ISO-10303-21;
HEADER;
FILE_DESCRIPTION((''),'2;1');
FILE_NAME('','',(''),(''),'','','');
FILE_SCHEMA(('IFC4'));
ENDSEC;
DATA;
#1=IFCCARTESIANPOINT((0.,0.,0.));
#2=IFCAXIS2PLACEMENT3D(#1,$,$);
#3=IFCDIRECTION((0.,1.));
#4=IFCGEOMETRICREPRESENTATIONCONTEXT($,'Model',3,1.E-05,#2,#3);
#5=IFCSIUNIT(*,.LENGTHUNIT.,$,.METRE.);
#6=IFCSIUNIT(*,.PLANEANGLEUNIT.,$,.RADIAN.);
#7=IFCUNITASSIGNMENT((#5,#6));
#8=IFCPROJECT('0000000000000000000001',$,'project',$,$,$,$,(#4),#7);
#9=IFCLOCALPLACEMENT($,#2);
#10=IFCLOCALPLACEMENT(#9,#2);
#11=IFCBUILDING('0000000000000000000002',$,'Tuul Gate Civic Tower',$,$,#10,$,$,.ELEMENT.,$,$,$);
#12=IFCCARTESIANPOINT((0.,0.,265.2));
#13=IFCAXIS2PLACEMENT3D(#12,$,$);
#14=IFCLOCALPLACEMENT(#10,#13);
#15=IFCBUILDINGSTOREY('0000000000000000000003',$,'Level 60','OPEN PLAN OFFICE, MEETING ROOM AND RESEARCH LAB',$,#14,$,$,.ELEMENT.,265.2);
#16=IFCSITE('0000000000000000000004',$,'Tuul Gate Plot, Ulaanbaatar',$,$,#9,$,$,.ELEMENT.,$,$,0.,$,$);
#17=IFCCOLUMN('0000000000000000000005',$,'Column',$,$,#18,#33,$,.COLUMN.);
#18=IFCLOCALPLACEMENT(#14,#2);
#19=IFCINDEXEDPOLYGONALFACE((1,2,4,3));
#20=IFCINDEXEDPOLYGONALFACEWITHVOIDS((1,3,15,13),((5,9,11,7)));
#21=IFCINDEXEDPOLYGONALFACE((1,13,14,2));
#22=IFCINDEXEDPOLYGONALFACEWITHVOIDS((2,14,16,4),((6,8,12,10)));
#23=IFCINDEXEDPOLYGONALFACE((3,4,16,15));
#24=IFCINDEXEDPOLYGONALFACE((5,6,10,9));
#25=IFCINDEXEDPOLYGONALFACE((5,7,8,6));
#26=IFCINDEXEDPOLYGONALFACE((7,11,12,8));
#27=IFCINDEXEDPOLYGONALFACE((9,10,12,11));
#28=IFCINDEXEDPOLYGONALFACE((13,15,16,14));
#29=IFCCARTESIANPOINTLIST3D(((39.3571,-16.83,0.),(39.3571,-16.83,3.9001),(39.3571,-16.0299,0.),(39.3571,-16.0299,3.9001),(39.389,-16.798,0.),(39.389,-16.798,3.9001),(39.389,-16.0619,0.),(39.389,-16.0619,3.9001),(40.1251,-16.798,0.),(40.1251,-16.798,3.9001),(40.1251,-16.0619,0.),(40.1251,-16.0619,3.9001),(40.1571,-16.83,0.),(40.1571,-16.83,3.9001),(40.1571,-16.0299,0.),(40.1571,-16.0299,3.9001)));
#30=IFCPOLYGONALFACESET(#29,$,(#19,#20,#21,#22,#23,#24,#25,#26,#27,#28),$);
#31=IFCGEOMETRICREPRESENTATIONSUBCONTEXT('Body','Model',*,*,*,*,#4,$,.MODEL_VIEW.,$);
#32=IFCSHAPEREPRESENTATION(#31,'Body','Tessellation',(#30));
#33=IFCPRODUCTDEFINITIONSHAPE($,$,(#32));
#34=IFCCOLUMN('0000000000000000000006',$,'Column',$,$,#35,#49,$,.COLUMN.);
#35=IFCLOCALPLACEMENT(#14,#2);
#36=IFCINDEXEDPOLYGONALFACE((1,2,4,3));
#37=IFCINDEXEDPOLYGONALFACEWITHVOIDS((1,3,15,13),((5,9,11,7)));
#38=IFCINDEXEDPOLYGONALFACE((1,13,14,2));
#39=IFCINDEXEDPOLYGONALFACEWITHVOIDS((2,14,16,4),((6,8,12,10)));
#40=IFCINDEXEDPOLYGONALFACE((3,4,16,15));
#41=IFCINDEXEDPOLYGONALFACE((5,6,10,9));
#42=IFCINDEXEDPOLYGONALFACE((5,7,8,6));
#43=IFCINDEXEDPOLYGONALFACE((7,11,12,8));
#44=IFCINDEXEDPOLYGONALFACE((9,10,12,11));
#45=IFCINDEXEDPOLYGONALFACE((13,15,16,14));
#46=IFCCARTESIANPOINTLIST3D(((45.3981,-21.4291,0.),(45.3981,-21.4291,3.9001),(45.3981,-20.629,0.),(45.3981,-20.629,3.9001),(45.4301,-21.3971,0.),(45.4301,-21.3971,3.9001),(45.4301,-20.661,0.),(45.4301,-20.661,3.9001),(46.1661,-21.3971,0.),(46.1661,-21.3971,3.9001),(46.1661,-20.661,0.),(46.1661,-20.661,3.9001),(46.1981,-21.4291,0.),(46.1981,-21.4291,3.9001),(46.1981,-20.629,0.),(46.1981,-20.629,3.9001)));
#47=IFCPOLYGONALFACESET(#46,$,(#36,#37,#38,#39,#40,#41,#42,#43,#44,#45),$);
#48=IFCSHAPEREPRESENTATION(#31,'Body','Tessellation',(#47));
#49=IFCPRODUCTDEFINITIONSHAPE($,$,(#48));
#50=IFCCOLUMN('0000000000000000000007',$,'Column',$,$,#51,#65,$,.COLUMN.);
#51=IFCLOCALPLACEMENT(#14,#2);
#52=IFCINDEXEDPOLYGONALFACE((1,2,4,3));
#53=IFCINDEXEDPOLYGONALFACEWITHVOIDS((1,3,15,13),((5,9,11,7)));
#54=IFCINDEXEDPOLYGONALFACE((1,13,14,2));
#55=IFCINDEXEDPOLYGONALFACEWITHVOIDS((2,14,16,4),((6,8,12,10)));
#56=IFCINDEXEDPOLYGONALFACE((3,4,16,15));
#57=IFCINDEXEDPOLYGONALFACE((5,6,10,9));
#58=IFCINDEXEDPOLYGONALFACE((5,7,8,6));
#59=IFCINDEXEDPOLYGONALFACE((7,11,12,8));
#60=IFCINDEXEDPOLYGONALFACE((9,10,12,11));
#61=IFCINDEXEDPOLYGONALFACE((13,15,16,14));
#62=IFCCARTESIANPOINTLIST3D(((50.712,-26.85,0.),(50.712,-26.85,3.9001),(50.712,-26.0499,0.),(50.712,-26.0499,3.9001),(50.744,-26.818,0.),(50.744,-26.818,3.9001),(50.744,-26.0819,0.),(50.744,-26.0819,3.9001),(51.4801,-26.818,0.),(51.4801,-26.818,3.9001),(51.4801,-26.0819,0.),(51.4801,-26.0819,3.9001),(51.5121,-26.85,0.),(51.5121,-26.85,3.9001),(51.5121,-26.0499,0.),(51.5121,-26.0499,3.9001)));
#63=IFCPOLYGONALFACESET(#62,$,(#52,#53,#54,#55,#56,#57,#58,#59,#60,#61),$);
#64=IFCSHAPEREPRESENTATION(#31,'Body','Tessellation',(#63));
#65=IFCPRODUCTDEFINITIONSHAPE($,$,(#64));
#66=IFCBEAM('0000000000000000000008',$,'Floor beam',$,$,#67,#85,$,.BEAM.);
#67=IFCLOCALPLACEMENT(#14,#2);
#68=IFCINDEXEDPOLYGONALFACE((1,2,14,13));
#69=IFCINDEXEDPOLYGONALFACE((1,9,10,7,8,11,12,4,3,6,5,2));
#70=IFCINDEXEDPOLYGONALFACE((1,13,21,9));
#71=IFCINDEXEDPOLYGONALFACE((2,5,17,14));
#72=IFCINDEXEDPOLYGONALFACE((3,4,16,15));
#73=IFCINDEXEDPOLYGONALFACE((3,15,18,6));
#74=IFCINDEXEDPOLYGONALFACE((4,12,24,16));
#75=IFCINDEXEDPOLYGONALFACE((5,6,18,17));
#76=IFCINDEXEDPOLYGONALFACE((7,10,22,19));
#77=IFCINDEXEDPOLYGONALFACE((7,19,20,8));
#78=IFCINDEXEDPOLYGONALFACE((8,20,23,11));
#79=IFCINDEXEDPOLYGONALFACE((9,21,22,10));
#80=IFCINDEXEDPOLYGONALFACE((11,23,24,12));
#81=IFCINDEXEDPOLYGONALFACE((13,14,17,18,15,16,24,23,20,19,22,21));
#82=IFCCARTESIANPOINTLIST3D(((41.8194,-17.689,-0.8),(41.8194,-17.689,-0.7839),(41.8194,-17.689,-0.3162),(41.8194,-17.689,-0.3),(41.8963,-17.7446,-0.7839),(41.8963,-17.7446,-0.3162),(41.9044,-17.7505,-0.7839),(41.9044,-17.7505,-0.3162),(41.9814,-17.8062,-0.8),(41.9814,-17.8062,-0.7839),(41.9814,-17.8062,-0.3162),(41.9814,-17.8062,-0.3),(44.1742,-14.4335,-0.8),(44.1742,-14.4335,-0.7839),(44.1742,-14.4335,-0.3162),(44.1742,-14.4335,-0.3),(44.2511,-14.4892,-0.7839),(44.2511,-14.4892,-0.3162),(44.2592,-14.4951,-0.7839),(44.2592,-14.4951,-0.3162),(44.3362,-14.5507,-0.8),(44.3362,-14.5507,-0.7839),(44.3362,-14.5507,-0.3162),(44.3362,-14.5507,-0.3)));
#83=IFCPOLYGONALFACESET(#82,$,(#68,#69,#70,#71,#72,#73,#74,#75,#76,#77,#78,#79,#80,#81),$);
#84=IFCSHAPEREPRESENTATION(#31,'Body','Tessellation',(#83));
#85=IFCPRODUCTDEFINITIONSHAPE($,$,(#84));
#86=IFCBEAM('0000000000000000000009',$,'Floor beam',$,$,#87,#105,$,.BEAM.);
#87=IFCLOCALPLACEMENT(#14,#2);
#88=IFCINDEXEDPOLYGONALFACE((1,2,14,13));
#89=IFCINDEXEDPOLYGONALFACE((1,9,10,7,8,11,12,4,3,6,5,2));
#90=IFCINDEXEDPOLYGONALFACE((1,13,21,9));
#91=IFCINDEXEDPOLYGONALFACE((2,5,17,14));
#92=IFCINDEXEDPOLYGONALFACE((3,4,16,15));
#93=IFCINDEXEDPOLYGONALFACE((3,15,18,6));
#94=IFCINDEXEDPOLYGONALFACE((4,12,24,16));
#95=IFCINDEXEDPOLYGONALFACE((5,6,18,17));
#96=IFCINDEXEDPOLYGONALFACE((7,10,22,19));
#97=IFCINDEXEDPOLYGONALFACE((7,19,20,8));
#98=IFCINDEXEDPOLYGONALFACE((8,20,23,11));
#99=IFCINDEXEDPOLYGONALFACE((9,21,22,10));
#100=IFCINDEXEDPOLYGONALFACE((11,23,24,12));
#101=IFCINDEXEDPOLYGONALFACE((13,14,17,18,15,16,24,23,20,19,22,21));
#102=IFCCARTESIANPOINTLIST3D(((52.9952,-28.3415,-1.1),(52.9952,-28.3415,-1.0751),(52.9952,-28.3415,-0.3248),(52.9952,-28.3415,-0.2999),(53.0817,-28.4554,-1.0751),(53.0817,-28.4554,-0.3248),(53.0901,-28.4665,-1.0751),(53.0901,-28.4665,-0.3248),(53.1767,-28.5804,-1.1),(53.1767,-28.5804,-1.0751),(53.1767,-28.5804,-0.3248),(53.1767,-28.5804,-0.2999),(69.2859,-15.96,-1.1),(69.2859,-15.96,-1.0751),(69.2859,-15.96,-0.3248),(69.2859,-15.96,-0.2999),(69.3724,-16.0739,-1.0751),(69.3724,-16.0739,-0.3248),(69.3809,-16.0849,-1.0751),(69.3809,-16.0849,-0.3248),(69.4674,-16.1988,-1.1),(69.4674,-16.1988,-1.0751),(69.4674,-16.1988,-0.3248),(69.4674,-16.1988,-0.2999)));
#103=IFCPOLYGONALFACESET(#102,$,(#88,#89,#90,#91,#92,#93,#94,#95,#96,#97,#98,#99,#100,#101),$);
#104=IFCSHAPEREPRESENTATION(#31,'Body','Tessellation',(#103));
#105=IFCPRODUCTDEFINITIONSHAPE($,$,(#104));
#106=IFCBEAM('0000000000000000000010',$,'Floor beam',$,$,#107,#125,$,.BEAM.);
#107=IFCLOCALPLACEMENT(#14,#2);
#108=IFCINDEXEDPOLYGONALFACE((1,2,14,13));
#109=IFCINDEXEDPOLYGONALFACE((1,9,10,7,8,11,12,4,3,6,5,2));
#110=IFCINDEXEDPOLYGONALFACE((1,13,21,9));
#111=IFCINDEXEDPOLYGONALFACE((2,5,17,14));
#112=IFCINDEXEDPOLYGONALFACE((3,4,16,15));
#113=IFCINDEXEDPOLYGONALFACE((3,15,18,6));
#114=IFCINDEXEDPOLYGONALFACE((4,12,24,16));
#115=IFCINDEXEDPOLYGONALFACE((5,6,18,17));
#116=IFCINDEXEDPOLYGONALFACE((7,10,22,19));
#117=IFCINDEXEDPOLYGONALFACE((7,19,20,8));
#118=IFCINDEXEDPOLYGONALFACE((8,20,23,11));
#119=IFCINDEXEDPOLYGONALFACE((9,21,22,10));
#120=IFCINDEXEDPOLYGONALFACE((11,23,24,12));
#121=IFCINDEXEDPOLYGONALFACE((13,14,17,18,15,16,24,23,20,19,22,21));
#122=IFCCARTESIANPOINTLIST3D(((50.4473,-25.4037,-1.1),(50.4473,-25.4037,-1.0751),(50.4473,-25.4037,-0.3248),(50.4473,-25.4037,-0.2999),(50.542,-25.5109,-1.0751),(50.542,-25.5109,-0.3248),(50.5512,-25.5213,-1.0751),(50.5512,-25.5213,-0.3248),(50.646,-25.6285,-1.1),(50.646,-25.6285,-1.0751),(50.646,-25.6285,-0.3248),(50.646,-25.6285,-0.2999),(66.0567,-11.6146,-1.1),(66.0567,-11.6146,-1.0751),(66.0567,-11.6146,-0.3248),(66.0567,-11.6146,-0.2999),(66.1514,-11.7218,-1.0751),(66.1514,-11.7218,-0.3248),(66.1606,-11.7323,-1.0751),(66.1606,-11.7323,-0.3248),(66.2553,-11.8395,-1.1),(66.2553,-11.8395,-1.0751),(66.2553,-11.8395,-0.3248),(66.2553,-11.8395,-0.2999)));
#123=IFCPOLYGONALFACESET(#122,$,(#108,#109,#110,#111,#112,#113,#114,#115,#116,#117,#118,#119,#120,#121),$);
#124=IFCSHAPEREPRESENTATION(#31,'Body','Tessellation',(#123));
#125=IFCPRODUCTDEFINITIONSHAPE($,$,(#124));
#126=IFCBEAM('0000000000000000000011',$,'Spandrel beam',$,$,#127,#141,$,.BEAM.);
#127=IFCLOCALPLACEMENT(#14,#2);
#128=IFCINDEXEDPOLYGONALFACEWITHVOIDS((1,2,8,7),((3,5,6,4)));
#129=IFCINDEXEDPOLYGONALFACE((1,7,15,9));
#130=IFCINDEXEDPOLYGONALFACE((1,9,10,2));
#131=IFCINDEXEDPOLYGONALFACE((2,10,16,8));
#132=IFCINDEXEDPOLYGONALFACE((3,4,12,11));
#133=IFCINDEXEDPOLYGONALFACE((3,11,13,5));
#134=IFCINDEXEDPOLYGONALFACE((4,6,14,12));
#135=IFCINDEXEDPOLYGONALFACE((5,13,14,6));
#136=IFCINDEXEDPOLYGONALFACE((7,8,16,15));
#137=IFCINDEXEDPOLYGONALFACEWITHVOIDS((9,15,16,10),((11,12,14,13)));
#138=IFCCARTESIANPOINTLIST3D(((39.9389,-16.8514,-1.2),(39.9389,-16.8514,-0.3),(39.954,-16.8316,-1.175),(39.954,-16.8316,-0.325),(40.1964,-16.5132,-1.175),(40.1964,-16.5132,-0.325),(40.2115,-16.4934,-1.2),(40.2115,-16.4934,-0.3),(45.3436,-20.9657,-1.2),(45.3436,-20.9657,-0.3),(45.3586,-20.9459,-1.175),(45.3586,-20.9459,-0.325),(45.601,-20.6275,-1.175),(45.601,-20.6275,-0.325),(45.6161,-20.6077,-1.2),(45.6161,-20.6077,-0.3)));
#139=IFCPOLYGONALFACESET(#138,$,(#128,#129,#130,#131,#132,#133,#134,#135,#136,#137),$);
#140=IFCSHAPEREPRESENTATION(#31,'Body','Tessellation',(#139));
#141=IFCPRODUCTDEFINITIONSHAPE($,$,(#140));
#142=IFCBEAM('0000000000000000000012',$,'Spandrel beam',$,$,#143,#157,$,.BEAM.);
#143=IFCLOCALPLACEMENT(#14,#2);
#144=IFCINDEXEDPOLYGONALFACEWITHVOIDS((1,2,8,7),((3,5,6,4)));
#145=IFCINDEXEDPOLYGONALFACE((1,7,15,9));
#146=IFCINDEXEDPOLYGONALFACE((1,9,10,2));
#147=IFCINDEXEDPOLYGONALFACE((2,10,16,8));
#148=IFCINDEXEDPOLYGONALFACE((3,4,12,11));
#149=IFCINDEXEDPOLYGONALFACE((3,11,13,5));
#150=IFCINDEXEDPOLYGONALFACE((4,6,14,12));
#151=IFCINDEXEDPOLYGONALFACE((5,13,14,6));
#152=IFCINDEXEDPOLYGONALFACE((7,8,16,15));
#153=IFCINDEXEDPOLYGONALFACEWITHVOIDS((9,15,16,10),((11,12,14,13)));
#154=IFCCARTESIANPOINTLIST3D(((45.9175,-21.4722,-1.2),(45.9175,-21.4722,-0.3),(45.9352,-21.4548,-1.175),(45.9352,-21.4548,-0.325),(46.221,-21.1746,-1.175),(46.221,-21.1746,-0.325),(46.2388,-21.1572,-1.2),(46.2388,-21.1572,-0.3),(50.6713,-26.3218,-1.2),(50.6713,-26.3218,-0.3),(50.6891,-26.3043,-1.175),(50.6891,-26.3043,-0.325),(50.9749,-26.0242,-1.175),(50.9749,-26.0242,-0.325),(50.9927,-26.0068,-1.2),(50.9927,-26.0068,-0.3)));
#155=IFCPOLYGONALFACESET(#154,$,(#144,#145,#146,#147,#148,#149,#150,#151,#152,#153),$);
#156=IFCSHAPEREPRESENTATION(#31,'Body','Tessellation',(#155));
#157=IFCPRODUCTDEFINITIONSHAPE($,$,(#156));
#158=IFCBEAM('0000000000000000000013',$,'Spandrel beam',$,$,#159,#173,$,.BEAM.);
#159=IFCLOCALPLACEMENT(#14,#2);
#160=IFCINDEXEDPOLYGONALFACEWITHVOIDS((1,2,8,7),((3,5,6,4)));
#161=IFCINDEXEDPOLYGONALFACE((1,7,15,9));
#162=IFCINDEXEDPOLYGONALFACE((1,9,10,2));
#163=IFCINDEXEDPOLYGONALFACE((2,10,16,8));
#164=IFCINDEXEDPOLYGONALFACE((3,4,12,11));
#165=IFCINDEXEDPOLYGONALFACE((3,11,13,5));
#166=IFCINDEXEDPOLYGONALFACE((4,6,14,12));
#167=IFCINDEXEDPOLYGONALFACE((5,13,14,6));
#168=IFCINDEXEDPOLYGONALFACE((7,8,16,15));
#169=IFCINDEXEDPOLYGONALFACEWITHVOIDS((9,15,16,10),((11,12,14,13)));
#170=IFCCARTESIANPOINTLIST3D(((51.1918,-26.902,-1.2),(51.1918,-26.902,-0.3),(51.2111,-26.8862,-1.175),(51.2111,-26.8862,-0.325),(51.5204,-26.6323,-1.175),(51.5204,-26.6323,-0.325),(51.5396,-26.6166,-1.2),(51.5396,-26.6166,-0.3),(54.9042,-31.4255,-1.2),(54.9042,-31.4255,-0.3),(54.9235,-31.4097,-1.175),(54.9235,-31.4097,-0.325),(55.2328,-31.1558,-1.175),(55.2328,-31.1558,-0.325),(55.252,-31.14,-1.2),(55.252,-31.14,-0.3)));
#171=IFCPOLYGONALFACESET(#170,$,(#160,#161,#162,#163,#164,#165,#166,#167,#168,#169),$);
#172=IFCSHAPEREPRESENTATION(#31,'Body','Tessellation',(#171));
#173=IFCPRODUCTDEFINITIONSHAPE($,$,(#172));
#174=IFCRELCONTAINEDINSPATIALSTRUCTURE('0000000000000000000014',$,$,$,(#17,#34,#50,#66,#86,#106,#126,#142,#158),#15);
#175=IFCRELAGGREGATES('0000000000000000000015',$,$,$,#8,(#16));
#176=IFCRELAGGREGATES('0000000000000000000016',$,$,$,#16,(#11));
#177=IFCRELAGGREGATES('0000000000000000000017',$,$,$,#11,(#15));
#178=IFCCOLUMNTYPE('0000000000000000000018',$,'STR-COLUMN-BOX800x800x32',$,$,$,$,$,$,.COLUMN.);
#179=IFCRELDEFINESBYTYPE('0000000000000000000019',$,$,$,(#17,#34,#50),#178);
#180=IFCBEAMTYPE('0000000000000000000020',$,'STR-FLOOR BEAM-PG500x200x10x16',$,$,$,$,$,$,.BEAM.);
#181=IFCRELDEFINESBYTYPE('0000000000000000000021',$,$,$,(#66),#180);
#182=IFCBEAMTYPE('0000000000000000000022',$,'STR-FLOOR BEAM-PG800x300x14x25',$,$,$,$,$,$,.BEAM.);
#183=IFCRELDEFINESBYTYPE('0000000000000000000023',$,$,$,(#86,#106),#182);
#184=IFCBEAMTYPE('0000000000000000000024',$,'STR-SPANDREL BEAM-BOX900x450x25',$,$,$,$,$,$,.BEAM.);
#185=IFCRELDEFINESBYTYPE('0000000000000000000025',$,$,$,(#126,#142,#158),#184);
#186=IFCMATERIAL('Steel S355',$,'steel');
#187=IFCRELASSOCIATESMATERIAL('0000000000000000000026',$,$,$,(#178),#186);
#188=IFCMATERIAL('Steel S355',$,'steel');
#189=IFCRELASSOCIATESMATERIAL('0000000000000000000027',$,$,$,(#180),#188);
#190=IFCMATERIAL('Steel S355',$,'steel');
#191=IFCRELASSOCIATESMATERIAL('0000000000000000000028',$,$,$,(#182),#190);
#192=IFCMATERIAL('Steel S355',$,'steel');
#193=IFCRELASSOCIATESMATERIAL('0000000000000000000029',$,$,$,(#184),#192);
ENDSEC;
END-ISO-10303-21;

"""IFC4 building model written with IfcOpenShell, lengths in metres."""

from ifc_helpers import new_model, si_unit, direction, frame, origin, origin_2d, place, context, subcontext, project, spatial, hollow_rectangle, i_section, extrude, material, material_profile, profile_set, type_object, element, save


model = new_model("IFC4")

# Units and contexts
model_context = context("Model", 3, precision=1e-05, world=origin(), true_north=direction((0.0, 1.0)))
body_context = subcontext(model_context, "Body", "Model", "MODEL_VIEW")
ifc_project = project(units=[si_unit("LENGTHUNIT", "METRE"), si_unit("PLANEANGLEUNIT", "RADIAN")], contexts=[model_context])

# Site, building, storey
site_placement = place(None, origin())
site = spatial("IfcSite", under=ifc_project, at=site_placement, Name="Tuul Gate Plot, Ulaanbaatar", CompositionType="ELEMENT", RefElevation=0.0)
building_placement = place(site_placement, origin())
building = spatial("IfcBuilding", under=site, at=building_placement, Name="Tuul Gate Civic Tower", CompositionType="ELEMENT")
storey_placement = place(building_placement, frame((0.0, 0.0, 265.2)))
storey = spatial("IfcBuildingStorey", under=building, at=storey_placement, Name="Level 60", Description="OPEN PLAN OFFICE, MEETING ROOM AND RESEARCH LAB", CompositionType="ELEMENT", Elevation=265.2)

# Columns
ifc_material_1 = material(Name="Steel S355", Category="steel")
ifc_material_profile_1 = material_profile(ifc_material_1, hollow_rectangle(XDim=0.8, YDim=0.8, WallThickness=0.032, at=origin_2d()), Name="BOX800x800x32")
ifc_profile_set_1 = profile_set([ifc_material_profile_1], Name="Steel S355")
column_type = type_object("IfcColumnType", Name="STR-COLUMN-BOX800x800x32", PredefinedType="COLUMN", material=ifc_profile_set_1)
for number, where, z_axis, x_axis, name in (
    (1, (39.7571, -16.4299, 0.0), (0.0, 0.0, 1.0), (1.0, 0.0, 0.0), "Column"),
    (2, (45.7981, -21.0291, 0.0), (0.0, 0.0, 1.0), (1.0, 0.0, 0.0), "Column"),
    (3, (51.1121, -26.45, 0.0), (0.0, 0.0, 1.0), (1.0, 0.0, 0.0), "Column"),
):
    element("IfcColumn", number, at=place(storey_placement, frame(where, z_axis=z_axis, x_axis=x_axis)), inside=storey, type_object=column_type, Name=name, PredefinedType="COLUMN", context=body_context, shape_type="SweptSolid", body=[
        extrude(hollow_rectangle(XDim=0.8, YDim=0.8, WallThickness=0.032, at=origin_2d()), origin(), (0.0, 0.0, 1.0), 3.9001),
    ])

# Beams
ifc_material_2 = material(Name="Steel S355", Category="steel")
ifc_material_profile_2 = material_profile(ifc_material_2, i_section(OverallWidth=0.2, OverallDepth=0.5, WebThickness=0.01, FlangeThickness=0.0161, at=origin_2d()), Name="PG500x200x10x16")
ifc_profile_set_2 = profile_set([ifc_material_profile_2], Name="Steel S355")
beam_type_1 = type_object("IfcBeamType", Name="STR-FLOOR BEAM-PG500x200x10x16", PredefinedType="BEAM", material=ifc_profile_set_2)
beam_1_placement = place(storey_placement, frame((41.9004, -17.7476, -0.55), z_axis=(0.586085, 0.81025, 0.0), x_axis=(-0.81025, 0.586085, 0.0)))
element("IfcBeam", 4, at=beam_1_placement, inside=storey, type_object=beam_type_1, Name="Floor beam", PredefinedType="BEAM", context=body_context, shape_type="SweptSolid", body=[
    extrude(i_section(OverallWidth=0.2, OverallDepth=0.5, WebThickness=0.01, FlangeThickness=0.0161, at=origin_2d()), origin(), (0.0, 0.0, 1.0), 4.0178),
])
ifc_material_3 = material(Name="Steel S355", Category="steel")
ifc_material_profile_3 = material_profile(ifc_material_3, i_section(OverallWidth=0.3, OverallDepth=0.8, WebThickness=0.0139, FlangeThickness=0.0249, at=origin_2d()), Name="PG800x300x14x25")
ifc_profile_set_3 = profile_set([ifc_material_profile_3], Name="Steel S355")
beam_type_2 = type_object("IfcBeamType", Name="STR-FLOOR BEAM-PG800x300x14x25", PredefinedType="BEAM", material=ifc_profile_set_3)
beam_2_placement = place(storey_placement, frame((53.0859, -28.4609, -0.7), z_axis=(0.796148, 0.605102, 0.0), x_axis=(-0.605102, 0.796148, 0.0)))
element("IfcBeam", 5, at=beam_2_placement, inside=storey, type_object=beam_type_2, Name="Floor beam", PredefinedType="BEAM", context=body_context, shape_type="SweptSolid", body=[
    extrude(i_section(OverallWidth=0.3, OverallDepth=0.8, WebThickness=0.0139, FlangeThickness=0.0249, at=origin_2d()), origin(), (0.0, 0.0, 1.0), 20.4619),
])
beam_3_placement = place(storey_placement, frame((50.5466, -25.5161, -0.7), z_axis=(0.749455, 0.662056, 0.0), x_axis=(-0.662056, 0.749455, 0.0)))
element("IfcBeam", 6, at=beam_3_placement, inside=storey, type_object=beam_type_2, Name="Floor beam", PredefinedType="BEAM", context=body_context, shape_type="SweptSolid", body=[
    extrude(i_section(OverallWidth=0.3, OverallDepth=0.8, WebThickness=0.0139, FlangeThickness=0.0249, at=origin_2d()), origin(), (0.0, 0.0, 1.0), 20.8276),
])
ifc_material_4 = material(Name="Steel S355", Category="steel")
ifc_material_profile_4 = material_profile(ifc_material_4, hollow_rectangle(XDim=0.45, YDim=0.8999, WallThickness=0.0249, at=origin_2d()), Name="BOX900x450x25")
ifc_profile_set_4 = profile_set([ifc_material_profile_4], Name="Steel S355")
beam_type_3 = type_object("IfcBeamType", Name="STR-SPANDREL BEAM-BOX900x450x25", PredefinedType="BEAM", material=ifc_profile_set_4)
beam_4_placement = place(storey_placement, frame((40.0752, -16.6724, -0.75), z_axis=(0.795679, -0.605718, 0.0), x_axis=(0.605718, 0.795679, 0.0)))
element("IfcBeam", 7, at=beam_4_placement, inside=storey, type_object=beam_type_3, Name="Spandrel beam", PredefinedType="BEAM", context=body_context, shape_type="SweptSolid", body=[
    extrude(hollow_rectangle(XDim=0.45, YDim=0.8999, WallThickness=0.0249, at=origin_2d()), origin(), (0.0, 0.0, 1.0), 6.7925),
])
beam_5_placement = place(storey_placement, frame((46.0781, -21.3147, -0.75), z_axis=(0.700025, -0.714118, 0.0), x_axis=(0.714118, 0.700025, 0.0)))
element("IfcBeam", 8, at=beam_5_placement, inside=storey, type_object=beam_type_3, Name="Spandrel beam", PredefinedType="BEAM", context=body_context, shape_type="SweptSolid", body=[
    extrude(hollow_rectangle(XDim=0.45, YDim=0.8999, WallThickness=0.0249, at=origin_2d()), origin(), (0.0, 0.0, 1.0), 6.791),
])
beam_6_placement = place(storey_placement, frame((51.3657, -26.7593, -0.75), z_axis=(0.634405, -0.773001, 0.0), x_axis=(0.773001, 0.634405, 0.0)))
element("IfcBeam", 9, at=beam_6_placement, inside=storey, type_object=beam_type_3, Name="Spandrel beam", PredefinedType="BEAM", context=body_context, shape_type="SweptSolid", body=[
    extrude(hollow_rectangle(XDim=0.45, YDim=0.8999, WallThickness=0.0249, at=origin_2d()), origin(), (0.0, 0.0, 1.0), 5.8518),
])

save(model, "model.ifc")
